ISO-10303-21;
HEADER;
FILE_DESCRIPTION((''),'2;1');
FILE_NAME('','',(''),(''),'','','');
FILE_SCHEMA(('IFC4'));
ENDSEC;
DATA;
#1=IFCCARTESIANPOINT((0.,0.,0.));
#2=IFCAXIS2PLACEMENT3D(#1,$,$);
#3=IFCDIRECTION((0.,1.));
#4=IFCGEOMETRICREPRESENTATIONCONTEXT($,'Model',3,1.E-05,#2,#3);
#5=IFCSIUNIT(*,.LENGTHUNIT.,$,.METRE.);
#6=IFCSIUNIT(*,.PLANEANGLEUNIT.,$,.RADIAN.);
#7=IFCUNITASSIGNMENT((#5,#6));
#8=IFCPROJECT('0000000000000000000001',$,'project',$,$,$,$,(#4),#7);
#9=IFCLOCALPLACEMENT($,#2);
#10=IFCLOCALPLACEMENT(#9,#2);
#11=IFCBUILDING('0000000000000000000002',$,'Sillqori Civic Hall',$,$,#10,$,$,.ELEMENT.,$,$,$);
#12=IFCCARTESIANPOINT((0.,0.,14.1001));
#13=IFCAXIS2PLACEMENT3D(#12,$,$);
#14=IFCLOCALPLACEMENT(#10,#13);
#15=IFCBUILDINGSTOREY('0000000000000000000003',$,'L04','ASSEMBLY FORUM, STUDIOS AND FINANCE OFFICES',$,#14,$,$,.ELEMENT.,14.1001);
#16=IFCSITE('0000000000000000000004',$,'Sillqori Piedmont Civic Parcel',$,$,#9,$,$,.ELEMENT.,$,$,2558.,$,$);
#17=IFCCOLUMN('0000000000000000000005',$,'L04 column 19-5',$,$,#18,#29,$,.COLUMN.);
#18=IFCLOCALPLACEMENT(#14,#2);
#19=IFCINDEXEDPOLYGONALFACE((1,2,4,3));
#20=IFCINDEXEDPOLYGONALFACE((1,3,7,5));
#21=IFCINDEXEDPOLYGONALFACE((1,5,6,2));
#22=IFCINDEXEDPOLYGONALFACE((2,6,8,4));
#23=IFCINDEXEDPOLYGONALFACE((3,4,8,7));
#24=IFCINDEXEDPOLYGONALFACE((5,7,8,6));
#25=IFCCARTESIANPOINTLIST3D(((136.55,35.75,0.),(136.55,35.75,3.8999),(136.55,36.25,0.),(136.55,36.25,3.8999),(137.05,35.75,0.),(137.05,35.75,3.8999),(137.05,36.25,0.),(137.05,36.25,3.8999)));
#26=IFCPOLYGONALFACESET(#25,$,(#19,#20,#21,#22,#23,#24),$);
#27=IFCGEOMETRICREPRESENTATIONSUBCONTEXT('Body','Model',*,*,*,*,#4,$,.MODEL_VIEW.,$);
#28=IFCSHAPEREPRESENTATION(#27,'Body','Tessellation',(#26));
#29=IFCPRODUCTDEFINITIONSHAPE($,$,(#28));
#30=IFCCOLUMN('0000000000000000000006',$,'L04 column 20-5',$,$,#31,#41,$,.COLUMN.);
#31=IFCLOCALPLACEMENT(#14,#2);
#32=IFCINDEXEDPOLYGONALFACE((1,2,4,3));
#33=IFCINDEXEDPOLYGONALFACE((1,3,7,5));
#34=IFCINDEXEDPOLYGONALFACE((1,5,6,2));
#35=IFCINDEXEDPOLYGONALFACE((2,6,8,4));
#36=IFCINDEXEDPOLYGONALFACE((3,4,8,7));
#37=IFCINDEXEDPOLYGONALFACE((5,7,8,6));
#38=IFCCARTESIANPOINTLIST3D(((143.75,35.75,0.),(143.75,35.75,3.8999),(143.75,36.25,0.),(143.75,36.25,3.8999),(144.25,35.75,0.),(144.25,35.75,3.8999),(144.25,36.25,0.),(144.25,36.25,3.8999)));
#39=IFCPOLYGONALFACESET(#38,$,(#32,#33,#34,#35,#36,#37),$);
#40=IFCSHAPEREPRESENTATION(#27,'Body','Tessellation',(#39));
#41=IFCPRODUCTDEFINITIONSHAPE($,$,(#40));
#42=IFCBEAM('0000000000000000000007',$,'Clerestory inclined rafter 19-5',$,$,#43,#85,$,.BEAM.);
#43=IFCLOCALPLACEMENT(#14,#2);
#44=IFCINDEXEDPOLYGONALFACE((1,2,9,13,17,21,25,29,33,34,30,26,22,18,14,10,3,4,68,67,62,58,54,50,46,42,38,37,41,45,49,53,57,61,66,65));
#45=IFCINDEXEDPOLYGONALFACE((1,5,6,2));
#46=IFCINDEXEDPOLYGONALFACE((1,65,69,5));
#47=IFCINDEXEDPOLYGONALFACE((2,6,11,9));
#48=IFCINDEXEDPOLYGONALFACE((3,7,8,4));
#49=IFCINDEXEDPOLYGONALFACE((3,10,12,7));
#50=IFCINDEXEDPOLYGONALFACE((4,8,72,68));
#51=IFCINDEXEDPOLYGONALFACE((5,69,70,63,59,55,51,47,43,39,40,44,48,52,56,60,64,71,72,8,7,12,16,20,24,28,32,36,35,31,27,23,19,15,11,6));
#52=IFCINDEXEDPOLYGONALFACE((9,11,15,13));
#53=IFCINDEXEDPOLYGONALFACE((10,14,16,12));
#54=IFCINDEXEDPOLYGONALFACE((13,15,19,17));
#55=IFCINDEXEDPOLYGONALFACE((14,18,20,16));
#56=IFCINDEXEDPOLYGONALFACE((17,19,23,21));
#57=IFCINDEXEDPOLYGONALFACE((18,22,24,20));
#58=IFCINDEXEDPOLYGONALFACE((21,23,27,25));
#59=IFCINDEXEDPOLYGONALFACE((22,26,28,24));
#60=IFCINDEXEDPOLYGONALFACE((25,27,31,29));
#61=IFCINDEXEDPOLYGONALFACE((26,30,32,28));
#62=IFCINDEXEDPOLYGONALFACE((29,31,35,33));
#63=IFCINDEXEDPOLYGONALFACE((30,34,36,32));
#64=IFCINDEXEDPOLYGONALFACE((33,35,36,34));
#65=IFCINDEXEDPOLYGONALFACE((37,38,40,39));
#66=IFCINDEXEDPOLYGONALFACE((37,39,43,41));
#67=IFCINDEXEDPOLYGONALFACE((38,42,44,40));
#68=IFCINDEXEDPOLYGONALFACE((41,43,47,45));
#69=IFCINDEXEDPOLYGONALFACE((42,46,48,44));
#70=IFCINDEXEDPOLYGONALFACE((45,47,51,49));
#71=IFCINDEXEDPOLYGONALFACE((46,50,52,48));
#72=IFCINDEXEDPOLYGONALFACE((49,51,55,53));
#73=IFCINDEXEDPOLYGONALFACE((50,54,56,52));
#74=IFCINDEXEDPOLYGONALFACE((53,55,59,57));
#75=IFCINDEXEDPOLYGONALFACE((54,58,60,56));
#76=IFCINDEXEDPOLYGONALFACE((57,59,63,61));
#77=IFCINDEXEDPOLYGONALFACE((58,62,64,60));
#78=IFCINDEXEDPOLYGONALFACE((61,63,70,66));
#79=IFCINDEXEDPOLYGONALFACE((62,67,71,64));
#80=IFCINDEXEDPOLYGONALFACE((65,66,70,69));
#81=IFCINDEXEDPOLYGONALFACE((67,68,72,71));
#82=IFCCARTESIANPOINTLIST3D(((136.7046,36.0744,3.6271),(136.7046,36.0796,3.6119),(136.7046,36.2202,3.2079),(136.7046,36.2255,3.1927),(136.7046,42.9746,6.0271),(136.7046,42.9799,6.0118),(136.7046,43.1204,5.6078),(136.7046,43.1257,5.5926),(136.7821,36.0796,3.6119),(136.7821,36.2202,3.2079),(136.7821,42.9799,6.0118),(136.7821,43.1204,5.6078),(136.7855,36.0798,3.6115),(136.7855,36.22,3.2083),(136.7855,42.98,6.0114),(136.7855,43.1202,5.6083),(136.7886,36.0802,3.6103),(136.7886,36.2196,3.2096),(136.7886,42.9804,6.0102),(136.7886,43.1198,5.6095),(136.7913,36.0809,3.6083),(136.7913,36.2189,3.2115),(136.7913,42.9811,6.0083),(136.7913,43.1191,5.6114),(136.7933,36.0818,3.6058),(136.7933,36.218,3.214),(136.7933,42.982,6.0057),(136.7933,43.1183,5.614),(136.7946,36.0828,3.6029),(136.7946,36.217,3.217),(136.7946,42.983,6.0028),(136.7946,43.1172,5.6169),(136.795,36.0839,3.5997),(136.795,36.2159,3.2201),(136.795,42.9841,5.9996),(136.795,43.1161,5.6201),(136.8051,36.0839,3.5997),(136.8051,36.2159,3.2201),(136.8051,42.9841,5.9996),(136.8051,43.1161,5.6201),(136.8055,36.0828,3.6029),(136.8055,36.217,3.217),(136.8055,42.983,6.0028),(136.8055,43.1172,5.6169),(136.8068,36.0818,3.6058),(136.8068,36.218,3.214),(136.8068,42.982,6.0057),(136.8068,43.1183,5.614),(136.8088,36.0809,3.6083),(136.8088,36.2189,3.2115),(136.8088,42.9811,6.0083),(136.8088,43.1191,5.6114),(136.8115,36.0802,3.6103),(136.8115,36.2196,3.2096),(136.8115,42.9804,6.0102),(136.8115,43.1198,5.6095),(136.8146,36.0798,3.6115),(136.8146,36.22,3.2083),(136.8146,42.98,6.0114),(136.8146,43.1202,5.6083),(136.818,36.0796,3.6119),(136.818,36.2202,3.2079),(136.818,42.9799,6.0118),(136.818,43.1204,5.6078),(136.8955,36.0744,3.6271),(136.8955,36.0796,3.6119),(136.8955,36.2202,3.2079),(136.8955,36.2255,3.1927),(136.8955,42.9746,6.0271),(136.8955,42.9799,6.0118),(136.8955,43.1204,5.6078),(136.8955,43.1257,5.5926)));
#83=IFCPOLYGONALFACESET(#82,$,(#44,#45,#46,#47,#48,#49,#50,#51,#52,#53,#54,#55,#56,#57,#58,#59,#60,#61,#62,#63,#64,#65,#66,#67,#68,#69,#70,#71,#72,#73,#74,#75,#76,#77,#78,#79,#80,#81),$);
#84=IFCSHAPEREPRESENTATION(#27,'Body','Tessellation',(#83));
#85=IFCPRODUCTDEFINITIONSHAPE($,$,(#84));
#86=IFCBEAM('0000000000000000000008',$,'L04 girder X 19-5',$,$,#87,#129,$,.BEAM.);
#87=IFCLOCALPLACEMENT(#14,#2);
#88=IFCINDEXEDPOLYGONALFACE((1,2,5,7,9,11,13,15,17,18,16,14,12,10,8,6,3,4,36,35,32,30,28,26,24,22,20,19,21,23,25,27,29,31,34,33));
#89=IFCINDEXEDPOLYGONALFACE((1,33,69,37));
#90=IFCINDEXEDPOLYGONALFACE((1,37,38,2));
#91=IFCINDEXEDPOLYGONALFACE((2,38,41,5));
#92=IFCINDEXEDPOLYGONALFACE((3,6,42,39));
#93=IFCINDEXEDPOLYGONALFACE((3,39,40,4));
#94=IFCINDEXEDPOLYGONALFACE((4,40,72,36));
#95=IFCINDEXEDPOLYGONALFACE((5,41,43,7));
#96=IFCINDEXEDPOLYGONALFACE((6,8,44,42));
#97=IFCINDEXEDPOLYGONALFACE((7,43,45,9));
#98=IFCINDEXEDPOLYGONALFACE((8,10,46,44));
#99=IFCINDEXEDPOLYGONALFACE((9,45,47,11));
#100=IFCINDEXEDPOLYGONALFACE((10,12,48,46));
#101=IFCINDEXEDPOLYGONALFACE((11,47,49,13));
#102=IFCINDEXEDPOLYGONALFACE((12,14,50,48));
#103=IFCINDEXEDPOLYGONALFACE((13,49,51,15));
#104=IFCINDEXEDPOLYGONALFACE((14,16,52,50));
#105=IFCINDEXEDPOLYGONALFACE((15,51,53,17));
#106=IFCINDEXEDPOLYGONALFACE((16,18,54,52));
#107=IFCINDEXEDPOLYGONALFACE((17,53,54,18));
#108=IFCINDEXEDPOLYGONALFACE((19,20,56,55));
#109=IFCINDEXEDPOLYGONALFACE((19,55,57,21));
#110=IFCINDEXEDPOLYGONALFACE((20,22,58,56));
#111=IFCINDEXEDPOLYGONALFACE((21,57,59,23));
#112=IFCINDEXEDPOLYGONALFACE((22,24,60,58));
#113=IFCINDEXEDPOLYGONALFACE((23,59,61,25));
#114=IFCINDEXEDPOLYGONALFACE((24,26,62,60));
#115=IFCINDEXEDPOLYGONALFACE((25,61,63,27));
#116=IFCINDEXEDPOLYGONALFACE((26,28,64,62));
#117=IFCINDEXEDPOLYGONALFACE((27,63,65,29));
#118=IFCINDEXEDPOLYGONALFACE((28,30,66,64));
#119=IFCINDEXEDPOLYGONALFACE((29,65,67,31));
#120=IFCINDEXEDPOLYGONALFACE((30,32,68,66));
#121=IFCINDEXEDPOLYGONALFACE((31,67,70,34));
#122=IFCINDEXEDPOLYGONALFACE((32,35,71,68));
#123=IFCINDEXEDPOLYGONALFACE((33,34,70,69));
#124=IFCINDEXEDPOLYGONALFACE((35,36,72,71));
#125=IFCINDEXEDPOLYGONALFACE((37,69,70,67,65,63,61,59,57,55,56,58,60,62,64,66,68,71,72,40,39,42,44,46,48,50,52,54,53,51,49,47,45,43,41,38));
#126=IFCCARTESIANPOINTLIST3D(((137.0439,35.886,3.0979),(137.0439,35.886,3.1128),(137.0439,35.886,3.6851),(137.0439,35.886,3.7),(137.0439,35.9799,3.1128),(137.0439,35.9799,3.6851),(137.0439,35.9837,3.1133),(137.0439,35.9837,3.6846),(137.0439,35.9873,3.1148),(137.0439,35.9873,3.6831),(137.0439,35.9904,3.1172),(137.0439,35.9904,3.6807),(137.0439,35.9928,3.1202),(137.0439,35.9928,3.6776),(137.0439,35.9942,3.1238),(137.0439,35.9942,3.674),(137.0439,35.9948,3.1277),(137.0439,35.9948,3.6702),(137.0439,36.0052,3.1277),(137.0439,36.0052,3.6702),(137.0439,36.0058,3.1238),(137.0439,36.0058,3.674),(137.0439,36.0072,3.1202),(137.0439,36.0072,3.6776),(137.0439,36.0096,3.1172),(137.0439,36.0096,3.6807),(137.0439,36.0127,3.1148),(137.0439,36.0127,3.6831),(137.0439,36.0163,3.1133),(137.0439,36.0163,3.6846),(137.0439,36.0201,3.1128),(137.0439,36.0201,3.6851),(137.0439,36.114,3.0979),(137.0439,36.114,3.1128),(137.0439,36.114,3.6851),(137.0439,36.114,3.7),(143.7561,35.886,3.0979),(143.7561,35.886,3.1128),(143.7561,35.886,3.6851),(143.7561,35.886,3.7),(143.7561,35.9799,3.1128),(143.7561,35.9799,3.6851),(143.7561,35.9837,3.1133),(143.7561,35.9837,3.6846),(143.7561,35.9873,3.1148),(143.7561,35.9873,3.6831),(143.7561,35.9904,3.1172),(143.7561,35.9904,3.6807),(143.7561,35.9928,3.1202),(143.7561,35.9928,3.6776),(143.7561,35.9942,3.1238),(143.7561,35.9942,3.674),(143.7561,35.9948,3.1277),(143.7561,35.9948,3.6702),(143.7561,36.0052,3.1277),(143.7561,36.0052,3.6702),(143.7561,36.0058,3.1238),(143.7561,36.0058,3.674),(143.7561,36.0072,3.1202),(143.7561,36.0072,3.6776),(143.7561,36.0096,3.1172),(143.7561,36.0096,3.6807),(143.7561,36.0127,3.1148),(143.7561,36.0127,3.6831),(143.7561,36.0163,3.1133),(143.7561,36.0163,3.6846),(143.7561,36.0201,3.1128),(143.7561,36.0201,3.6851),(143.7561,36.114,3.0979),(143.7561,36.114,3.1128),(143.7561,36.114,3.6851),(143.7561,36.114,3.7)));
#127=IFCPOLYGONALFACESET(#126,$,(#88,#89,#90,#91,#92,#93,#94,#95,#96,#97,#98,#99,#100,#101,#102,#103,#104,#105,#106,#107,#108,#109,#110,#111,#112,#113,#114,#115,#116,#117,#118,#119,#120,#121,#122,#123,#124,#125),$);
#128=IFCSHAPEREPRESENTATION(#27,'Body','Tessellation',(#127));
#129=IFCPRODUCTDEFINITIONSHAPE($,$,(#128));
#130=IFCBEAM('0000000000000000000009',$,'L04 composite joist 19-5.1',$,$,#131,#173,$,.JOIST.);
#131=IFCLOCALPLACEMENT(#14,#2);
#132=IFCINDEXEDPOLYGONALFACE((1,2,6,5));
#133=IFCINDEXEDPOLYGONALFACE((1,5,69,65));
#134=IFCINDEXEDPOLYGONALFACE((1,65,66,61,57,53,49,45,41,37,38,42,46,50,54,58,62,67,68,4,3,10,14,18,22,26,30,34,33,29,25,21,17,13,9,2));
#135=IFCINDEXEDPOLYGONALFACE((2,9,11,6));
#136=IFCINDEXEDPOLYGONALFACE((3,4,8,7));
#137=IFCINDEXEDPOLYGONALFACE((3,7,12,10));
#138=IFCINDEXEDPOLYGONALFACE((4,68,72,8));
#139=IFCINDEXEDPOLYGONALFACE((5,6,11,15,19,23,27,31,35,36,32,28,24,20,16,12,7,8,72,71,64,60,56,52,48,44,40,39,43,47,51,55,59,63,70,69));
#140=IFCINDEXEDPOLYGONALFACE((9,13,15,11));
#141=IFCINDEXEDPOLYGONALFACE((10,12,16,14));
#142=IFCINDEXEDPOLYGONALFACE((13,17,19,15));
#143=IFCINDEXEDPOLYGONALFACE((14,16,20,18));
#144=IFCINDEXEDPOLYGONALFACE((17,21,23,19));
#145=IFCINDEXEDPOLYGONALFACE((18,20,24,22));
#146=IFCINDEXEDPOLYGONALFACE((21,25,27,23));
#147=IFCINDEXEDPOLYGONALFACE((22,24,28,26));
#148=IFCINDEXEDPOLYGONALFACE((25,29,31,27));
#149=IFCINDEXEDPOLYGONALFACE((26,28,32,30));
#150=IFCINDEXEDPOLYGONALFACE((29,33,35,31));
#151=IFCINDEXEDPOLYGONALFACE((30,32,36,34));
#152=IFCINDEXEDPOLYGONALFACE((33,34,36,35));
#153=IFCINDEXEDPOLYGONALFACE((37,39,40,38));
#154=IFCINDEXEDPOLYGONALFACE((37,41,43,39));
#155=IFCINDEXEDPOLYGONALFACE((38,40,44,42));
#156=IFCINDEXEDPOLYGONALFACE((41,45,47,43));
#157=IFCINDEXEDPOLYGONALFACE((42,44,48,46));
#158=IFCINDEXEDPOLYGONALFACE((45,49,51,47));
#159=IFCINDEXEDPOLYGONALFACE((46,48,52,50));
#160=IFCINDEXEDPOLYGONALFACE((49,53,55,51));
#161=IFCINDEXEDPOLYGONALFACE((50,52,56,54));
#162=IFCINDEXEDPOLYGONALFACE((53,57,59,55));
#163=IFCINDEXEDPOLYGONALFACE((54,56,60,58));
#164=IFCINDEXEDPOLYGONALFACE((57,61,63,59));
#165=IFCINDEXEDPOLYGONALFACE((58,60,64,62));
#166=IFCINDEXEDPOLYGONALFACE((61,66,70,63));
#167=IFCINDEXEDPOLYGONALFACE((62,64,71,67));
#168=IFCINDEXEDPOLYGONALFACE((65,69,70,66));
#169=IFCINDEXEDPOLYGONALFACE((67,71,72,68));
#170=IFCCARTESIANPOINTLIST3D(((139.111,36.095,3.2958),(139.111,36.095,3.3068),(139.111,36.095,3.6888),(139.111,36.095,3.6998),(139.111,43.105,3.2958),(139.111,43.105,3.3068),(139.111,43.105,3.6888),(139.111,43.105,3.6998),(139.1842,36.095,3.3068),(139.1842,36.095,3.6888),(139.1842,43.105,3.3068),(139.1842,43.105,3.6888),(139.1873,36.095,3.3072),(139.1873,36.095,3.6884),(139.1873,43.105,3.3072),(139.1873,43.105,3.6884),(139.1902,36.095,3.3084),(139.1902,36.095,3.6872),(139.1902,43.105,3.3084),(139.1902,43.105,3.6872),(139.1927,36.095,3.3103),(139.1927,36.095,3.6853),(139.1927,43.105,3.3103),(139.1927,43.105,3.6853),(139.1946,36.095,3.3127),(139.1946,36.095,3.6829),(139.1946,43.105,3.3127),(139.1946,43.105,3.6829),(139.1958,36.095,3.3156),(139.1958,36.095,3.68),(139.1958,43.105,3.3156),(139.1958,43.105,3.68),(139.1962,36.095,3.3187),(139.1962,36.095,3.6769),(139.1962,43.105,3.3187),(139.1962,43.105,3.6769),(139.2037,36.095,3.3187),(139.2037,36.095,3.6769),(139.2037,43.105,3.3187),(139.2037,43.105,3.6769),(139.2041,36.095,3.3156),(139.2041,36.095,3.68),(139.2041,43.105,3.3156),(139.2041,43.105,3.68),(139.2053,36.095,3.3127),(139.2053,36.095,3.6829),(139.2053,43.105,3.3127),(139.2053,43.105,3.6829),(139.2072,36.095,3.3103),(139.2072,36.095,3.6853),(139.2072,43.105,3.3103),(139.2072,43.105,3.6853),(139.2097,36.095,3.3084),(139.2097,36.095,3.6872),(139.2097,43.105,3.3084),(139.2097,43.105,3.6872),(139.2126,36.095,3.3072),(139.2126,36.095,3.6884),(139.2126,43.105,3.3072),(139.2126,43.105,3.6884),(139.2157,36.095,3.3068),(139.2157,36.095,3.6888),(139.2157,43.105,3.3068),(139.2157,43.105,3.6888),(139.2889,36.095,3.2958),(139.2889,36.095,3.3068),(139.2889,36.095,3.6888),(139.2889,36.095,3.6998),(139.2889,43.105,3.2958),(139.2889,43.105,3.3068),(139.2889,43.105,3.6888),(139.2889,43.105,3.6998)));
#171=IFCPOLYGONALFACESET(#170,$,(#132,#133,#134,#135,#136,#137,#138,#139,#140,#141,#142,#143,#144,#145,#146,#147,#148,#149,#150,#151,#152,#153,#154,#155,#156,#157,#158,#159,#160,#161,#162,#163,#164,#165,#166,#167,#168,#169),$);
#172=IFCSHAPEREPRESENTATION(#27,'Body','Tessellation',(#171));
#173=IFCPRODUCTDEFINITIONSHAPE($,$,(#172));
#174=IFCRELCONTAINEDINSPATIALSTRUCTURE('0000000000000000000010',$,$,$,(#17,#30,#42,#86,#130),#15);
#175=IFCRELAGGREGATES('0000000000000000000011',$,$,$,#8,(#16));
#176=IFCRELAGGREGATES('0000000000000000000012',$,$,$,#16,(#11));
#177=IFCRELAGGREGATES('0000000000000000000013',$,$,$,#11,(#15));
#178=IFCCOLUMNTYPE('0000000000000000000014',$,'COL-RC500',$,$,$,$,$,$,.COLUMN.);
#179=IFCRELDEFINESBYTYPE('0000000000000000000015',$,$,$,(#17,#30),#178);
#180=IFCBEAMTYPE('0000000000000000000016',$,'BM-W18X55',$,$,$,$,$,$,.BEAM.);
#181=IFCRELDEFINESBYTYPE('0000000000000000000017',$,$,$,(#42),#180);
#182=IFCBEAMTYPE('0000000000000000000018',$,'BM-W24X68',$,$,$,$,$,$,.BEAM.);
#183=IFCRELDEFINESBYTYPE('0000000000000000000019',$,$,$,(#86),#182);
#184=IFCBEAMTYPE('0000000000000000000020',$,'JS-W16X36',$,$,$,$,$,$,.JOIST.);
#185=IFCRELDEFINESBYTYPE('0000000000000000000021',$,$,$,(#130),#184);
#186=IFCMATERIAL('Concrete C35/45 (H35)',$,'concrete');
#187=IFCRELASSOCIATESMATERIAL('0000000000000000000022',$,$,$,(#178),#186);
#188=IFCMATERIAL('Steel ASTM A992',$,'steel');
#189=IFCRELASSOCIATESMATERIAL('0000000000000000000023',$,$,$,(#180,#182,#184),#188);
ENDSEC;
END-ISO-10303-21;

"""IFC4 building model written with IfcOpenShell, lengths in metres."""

from ifc_helpers import new_model, si_unit, direction, frame, origin, origin_2d, place, context, subcontext, project, spatial, rectangle, i_section, extrude, material, material_profile, profile_set, type_object, element, save


model = new_model("IFC4")

# Units and contexts
model_context = context("Model", 3, precision=1e-05, world=origin(), true_north=direction((0.0, 1.0)))
body_context = subcontext(model_context, "Body", "Model", "MODEL_VIEW")
ifc_project = project(units=[si_unit("LENGTHUNIT", "METRE"), si_unit("PLANEANGLEUNIT", "RADIAN")], contexts=[model_context])

# Site, building, storey
site_placement = place(None, origin())
site = spatial("IfcSite", under=ifc_project, at=site_placement, Name="Sillqori Piedmont Civic Parcel", CompositionType="ELEMENT", RefElevation=2558.0)
building_placement = place(site_placement, origin())
building = spatial("IfcBuilding", under=site, at=building_placement, Name="Sillqori Civic Hall", CompositionType="ELEMENT")
storey_placement = place(building_placement, frame((0.0, 0.0, 14.1001)))
storey = spatial("IfcBuildingStorey", under=building, at=storey_placement, Name="L04", Description="ASSEMBLY FORUM, STUDIOS AND FINANCE OFFICES", CompositionType="ELEMENT", Elevation=14.1001)

# Columns
ifc_material_1 = material(Name="Concrete C35/45 (H35)", Category="concrete")
ifc_material_profile_1 = material_profile(ifc_material_1, rectangle(XDim=0.5, YDim=0.5, at=origin_2d()), Name="RC 500x500")
ifc_profile_set_1 = profile_set([ifc_material_profile_1], Name="Concrete C35/45 (H35)")
column_type = type_object("IfcColumnType", Name="COL-RC500", PredefinedType="COLUMN", material=ifc_profile_set_1)
for number, where, z_axis, x_axis, name in (
    (1, (136.8, 36.0, 0.0), (0.0, 0.0, 1.0), (1.0, 0.0, 0.0), "L04 column 19-5"),
    (2, (144.0, 36.0, 0.0), (0.0, 0.0, 1.0), (1.0, 0.0, 0.0), "L04 column 20-5"),
):
    element("IfcColumn", number, at=place(storey_placement, frame(where, z_axis=z_axis, x_axis=x_axis)), inside=storey, type_object=column_type, Name=name, PredefinedType="COLUMN", context=body_context, shape_type="SweptSolid", body=[
        extrude(rectangle(XDim=0.5, YDim=0.5, at=origin_2d()), origin(), (0.0, 0.0, 1.0), 3.8999),
    ])

# Beams
ifc_material_2 = material(Name="Steel ASTM A992", Category="steel")
ifc_material_profile_2 = material_profile(ifc_material_2, i_section(OverallWidth=0.1909, OverallDepth=0.46, WebThickness=0.01, FlangeThickness=0.0161, FilletRadius=0.0129, at=origin_2d()), Name="W18X55")
ifc_profile_set_2 = profile_set([ifc_material_profile_2], Name="Steel ASTM A992")
beam_type_1 = type_object("IfcBeamType", Name="BM-W18X55", PredefinedType="BEAM", material=ifc_profile_set_2)
beam_1_placement = place(storey_placement, frame((136.8, 36.1499, 3.4099), z_axis=(0.0, 0.944503, 0.328502), x_axis=(-1.0, 0.0, 0.0)))
element("IfcBeam", 3, at=beam_1_placement, inside=storey, type_object=beam_type_1, Name="Clerestory inclined rafter 19-5", PredefinedType="BEAM", context=body_context, shape_type="SweptSolid", body=[
    extrude(i_section(OverallWidth=0.1909, OverallDepth=0.46, WebThickness=0.01, FlangeThickness=0.0161, FilletRadius=0.0129, at=origin_2d()), origin(), (0.0, 0.0, 1.0), 7.3057),
])
ifc_material_profile_3 = material_profile(ifc_material_2, i_section(OverallWidth=0.228, OverallDepth=0.6021, WebThickness=0.0105, FlangeThickness=0.0149, FilletRadius=0.0149, at=origin_2d()), Name="W24X68")
ifc_profile_set_3 = profile_set([ifc_material_profile_3], Name="Steel ASTM A992")
beam_type_2 = type_object("IfcBeamType", Name="BM-W24X68", PredefinedType="BEAM", material=ifc_profile_set_3)
beam_2_placement = place(storey_placement, frame((137.0439, 36.0, 3.3989), z_axis=(1.0, 0.0, 0.0), x_axis=(0.0, 1.0, 0.0)))
element("IfcBeam", 4, at=beam_2_placement, inside=storey, type_object=beam_type_2, Name="L04 girder X 19-5", PredefinedType="BEAM", context=body_context, shape_type="SweptSolid", body=[
    extrude(i_section(OverallWidth=0.228, OverallDepth=0.6021, WebThickness=0.0105, FlangeThickness=0.0149, FilletRadius=0.0149, at=origin_2d()), origin(), (0.0, 0.0, 1.0), 6.7122),
])
ifc_material_profile_4 = material_profile(ifc_material_2, i_section(OverallWidth=0.178, OverallDepth=0.4041, WebThickness=0.0076, FlangeThickness=0.011, FilletRadius=0.012, at=origin_2d()), Name="W16X36")
ifc_profile_set_4 = profile_set([ifc_material_profile_4], Name="Steel ASTM A992")
beam_type_3 = type_object("IfcBeamType", Name="JS-W16X36", PredefinedType="JOIST", material=ifc_profile_set_4)
for number, where, z_axis, x_axis, name in (
    (5, (139.2, 36.095, 3.4978), (0.0, 1.0, 0.0), (-1.0, 0.0, 0.0), "L04 composite joist 19-5.1"),
):
    element("IfcBeam", number, at=place(storey_placement, frame(where, z_axis=z_axis, x_axis=x_axis)), inside=storey, type_object=beam_type_3, Name=name, PredefinedType="JOIST", context=body_context, shape_type="SweptSolid", body=[
        extrude(i_section(OverallWidth=0.178, OverallDepth=0.4041, WebThickness=0.0076, FlangeThickness=0.011, FilletRadius=0.012, at=origin_2d()), origin(), (0.0, 0.0, 1.0), 7.01),
    ])

save(model, "model.ifc")
